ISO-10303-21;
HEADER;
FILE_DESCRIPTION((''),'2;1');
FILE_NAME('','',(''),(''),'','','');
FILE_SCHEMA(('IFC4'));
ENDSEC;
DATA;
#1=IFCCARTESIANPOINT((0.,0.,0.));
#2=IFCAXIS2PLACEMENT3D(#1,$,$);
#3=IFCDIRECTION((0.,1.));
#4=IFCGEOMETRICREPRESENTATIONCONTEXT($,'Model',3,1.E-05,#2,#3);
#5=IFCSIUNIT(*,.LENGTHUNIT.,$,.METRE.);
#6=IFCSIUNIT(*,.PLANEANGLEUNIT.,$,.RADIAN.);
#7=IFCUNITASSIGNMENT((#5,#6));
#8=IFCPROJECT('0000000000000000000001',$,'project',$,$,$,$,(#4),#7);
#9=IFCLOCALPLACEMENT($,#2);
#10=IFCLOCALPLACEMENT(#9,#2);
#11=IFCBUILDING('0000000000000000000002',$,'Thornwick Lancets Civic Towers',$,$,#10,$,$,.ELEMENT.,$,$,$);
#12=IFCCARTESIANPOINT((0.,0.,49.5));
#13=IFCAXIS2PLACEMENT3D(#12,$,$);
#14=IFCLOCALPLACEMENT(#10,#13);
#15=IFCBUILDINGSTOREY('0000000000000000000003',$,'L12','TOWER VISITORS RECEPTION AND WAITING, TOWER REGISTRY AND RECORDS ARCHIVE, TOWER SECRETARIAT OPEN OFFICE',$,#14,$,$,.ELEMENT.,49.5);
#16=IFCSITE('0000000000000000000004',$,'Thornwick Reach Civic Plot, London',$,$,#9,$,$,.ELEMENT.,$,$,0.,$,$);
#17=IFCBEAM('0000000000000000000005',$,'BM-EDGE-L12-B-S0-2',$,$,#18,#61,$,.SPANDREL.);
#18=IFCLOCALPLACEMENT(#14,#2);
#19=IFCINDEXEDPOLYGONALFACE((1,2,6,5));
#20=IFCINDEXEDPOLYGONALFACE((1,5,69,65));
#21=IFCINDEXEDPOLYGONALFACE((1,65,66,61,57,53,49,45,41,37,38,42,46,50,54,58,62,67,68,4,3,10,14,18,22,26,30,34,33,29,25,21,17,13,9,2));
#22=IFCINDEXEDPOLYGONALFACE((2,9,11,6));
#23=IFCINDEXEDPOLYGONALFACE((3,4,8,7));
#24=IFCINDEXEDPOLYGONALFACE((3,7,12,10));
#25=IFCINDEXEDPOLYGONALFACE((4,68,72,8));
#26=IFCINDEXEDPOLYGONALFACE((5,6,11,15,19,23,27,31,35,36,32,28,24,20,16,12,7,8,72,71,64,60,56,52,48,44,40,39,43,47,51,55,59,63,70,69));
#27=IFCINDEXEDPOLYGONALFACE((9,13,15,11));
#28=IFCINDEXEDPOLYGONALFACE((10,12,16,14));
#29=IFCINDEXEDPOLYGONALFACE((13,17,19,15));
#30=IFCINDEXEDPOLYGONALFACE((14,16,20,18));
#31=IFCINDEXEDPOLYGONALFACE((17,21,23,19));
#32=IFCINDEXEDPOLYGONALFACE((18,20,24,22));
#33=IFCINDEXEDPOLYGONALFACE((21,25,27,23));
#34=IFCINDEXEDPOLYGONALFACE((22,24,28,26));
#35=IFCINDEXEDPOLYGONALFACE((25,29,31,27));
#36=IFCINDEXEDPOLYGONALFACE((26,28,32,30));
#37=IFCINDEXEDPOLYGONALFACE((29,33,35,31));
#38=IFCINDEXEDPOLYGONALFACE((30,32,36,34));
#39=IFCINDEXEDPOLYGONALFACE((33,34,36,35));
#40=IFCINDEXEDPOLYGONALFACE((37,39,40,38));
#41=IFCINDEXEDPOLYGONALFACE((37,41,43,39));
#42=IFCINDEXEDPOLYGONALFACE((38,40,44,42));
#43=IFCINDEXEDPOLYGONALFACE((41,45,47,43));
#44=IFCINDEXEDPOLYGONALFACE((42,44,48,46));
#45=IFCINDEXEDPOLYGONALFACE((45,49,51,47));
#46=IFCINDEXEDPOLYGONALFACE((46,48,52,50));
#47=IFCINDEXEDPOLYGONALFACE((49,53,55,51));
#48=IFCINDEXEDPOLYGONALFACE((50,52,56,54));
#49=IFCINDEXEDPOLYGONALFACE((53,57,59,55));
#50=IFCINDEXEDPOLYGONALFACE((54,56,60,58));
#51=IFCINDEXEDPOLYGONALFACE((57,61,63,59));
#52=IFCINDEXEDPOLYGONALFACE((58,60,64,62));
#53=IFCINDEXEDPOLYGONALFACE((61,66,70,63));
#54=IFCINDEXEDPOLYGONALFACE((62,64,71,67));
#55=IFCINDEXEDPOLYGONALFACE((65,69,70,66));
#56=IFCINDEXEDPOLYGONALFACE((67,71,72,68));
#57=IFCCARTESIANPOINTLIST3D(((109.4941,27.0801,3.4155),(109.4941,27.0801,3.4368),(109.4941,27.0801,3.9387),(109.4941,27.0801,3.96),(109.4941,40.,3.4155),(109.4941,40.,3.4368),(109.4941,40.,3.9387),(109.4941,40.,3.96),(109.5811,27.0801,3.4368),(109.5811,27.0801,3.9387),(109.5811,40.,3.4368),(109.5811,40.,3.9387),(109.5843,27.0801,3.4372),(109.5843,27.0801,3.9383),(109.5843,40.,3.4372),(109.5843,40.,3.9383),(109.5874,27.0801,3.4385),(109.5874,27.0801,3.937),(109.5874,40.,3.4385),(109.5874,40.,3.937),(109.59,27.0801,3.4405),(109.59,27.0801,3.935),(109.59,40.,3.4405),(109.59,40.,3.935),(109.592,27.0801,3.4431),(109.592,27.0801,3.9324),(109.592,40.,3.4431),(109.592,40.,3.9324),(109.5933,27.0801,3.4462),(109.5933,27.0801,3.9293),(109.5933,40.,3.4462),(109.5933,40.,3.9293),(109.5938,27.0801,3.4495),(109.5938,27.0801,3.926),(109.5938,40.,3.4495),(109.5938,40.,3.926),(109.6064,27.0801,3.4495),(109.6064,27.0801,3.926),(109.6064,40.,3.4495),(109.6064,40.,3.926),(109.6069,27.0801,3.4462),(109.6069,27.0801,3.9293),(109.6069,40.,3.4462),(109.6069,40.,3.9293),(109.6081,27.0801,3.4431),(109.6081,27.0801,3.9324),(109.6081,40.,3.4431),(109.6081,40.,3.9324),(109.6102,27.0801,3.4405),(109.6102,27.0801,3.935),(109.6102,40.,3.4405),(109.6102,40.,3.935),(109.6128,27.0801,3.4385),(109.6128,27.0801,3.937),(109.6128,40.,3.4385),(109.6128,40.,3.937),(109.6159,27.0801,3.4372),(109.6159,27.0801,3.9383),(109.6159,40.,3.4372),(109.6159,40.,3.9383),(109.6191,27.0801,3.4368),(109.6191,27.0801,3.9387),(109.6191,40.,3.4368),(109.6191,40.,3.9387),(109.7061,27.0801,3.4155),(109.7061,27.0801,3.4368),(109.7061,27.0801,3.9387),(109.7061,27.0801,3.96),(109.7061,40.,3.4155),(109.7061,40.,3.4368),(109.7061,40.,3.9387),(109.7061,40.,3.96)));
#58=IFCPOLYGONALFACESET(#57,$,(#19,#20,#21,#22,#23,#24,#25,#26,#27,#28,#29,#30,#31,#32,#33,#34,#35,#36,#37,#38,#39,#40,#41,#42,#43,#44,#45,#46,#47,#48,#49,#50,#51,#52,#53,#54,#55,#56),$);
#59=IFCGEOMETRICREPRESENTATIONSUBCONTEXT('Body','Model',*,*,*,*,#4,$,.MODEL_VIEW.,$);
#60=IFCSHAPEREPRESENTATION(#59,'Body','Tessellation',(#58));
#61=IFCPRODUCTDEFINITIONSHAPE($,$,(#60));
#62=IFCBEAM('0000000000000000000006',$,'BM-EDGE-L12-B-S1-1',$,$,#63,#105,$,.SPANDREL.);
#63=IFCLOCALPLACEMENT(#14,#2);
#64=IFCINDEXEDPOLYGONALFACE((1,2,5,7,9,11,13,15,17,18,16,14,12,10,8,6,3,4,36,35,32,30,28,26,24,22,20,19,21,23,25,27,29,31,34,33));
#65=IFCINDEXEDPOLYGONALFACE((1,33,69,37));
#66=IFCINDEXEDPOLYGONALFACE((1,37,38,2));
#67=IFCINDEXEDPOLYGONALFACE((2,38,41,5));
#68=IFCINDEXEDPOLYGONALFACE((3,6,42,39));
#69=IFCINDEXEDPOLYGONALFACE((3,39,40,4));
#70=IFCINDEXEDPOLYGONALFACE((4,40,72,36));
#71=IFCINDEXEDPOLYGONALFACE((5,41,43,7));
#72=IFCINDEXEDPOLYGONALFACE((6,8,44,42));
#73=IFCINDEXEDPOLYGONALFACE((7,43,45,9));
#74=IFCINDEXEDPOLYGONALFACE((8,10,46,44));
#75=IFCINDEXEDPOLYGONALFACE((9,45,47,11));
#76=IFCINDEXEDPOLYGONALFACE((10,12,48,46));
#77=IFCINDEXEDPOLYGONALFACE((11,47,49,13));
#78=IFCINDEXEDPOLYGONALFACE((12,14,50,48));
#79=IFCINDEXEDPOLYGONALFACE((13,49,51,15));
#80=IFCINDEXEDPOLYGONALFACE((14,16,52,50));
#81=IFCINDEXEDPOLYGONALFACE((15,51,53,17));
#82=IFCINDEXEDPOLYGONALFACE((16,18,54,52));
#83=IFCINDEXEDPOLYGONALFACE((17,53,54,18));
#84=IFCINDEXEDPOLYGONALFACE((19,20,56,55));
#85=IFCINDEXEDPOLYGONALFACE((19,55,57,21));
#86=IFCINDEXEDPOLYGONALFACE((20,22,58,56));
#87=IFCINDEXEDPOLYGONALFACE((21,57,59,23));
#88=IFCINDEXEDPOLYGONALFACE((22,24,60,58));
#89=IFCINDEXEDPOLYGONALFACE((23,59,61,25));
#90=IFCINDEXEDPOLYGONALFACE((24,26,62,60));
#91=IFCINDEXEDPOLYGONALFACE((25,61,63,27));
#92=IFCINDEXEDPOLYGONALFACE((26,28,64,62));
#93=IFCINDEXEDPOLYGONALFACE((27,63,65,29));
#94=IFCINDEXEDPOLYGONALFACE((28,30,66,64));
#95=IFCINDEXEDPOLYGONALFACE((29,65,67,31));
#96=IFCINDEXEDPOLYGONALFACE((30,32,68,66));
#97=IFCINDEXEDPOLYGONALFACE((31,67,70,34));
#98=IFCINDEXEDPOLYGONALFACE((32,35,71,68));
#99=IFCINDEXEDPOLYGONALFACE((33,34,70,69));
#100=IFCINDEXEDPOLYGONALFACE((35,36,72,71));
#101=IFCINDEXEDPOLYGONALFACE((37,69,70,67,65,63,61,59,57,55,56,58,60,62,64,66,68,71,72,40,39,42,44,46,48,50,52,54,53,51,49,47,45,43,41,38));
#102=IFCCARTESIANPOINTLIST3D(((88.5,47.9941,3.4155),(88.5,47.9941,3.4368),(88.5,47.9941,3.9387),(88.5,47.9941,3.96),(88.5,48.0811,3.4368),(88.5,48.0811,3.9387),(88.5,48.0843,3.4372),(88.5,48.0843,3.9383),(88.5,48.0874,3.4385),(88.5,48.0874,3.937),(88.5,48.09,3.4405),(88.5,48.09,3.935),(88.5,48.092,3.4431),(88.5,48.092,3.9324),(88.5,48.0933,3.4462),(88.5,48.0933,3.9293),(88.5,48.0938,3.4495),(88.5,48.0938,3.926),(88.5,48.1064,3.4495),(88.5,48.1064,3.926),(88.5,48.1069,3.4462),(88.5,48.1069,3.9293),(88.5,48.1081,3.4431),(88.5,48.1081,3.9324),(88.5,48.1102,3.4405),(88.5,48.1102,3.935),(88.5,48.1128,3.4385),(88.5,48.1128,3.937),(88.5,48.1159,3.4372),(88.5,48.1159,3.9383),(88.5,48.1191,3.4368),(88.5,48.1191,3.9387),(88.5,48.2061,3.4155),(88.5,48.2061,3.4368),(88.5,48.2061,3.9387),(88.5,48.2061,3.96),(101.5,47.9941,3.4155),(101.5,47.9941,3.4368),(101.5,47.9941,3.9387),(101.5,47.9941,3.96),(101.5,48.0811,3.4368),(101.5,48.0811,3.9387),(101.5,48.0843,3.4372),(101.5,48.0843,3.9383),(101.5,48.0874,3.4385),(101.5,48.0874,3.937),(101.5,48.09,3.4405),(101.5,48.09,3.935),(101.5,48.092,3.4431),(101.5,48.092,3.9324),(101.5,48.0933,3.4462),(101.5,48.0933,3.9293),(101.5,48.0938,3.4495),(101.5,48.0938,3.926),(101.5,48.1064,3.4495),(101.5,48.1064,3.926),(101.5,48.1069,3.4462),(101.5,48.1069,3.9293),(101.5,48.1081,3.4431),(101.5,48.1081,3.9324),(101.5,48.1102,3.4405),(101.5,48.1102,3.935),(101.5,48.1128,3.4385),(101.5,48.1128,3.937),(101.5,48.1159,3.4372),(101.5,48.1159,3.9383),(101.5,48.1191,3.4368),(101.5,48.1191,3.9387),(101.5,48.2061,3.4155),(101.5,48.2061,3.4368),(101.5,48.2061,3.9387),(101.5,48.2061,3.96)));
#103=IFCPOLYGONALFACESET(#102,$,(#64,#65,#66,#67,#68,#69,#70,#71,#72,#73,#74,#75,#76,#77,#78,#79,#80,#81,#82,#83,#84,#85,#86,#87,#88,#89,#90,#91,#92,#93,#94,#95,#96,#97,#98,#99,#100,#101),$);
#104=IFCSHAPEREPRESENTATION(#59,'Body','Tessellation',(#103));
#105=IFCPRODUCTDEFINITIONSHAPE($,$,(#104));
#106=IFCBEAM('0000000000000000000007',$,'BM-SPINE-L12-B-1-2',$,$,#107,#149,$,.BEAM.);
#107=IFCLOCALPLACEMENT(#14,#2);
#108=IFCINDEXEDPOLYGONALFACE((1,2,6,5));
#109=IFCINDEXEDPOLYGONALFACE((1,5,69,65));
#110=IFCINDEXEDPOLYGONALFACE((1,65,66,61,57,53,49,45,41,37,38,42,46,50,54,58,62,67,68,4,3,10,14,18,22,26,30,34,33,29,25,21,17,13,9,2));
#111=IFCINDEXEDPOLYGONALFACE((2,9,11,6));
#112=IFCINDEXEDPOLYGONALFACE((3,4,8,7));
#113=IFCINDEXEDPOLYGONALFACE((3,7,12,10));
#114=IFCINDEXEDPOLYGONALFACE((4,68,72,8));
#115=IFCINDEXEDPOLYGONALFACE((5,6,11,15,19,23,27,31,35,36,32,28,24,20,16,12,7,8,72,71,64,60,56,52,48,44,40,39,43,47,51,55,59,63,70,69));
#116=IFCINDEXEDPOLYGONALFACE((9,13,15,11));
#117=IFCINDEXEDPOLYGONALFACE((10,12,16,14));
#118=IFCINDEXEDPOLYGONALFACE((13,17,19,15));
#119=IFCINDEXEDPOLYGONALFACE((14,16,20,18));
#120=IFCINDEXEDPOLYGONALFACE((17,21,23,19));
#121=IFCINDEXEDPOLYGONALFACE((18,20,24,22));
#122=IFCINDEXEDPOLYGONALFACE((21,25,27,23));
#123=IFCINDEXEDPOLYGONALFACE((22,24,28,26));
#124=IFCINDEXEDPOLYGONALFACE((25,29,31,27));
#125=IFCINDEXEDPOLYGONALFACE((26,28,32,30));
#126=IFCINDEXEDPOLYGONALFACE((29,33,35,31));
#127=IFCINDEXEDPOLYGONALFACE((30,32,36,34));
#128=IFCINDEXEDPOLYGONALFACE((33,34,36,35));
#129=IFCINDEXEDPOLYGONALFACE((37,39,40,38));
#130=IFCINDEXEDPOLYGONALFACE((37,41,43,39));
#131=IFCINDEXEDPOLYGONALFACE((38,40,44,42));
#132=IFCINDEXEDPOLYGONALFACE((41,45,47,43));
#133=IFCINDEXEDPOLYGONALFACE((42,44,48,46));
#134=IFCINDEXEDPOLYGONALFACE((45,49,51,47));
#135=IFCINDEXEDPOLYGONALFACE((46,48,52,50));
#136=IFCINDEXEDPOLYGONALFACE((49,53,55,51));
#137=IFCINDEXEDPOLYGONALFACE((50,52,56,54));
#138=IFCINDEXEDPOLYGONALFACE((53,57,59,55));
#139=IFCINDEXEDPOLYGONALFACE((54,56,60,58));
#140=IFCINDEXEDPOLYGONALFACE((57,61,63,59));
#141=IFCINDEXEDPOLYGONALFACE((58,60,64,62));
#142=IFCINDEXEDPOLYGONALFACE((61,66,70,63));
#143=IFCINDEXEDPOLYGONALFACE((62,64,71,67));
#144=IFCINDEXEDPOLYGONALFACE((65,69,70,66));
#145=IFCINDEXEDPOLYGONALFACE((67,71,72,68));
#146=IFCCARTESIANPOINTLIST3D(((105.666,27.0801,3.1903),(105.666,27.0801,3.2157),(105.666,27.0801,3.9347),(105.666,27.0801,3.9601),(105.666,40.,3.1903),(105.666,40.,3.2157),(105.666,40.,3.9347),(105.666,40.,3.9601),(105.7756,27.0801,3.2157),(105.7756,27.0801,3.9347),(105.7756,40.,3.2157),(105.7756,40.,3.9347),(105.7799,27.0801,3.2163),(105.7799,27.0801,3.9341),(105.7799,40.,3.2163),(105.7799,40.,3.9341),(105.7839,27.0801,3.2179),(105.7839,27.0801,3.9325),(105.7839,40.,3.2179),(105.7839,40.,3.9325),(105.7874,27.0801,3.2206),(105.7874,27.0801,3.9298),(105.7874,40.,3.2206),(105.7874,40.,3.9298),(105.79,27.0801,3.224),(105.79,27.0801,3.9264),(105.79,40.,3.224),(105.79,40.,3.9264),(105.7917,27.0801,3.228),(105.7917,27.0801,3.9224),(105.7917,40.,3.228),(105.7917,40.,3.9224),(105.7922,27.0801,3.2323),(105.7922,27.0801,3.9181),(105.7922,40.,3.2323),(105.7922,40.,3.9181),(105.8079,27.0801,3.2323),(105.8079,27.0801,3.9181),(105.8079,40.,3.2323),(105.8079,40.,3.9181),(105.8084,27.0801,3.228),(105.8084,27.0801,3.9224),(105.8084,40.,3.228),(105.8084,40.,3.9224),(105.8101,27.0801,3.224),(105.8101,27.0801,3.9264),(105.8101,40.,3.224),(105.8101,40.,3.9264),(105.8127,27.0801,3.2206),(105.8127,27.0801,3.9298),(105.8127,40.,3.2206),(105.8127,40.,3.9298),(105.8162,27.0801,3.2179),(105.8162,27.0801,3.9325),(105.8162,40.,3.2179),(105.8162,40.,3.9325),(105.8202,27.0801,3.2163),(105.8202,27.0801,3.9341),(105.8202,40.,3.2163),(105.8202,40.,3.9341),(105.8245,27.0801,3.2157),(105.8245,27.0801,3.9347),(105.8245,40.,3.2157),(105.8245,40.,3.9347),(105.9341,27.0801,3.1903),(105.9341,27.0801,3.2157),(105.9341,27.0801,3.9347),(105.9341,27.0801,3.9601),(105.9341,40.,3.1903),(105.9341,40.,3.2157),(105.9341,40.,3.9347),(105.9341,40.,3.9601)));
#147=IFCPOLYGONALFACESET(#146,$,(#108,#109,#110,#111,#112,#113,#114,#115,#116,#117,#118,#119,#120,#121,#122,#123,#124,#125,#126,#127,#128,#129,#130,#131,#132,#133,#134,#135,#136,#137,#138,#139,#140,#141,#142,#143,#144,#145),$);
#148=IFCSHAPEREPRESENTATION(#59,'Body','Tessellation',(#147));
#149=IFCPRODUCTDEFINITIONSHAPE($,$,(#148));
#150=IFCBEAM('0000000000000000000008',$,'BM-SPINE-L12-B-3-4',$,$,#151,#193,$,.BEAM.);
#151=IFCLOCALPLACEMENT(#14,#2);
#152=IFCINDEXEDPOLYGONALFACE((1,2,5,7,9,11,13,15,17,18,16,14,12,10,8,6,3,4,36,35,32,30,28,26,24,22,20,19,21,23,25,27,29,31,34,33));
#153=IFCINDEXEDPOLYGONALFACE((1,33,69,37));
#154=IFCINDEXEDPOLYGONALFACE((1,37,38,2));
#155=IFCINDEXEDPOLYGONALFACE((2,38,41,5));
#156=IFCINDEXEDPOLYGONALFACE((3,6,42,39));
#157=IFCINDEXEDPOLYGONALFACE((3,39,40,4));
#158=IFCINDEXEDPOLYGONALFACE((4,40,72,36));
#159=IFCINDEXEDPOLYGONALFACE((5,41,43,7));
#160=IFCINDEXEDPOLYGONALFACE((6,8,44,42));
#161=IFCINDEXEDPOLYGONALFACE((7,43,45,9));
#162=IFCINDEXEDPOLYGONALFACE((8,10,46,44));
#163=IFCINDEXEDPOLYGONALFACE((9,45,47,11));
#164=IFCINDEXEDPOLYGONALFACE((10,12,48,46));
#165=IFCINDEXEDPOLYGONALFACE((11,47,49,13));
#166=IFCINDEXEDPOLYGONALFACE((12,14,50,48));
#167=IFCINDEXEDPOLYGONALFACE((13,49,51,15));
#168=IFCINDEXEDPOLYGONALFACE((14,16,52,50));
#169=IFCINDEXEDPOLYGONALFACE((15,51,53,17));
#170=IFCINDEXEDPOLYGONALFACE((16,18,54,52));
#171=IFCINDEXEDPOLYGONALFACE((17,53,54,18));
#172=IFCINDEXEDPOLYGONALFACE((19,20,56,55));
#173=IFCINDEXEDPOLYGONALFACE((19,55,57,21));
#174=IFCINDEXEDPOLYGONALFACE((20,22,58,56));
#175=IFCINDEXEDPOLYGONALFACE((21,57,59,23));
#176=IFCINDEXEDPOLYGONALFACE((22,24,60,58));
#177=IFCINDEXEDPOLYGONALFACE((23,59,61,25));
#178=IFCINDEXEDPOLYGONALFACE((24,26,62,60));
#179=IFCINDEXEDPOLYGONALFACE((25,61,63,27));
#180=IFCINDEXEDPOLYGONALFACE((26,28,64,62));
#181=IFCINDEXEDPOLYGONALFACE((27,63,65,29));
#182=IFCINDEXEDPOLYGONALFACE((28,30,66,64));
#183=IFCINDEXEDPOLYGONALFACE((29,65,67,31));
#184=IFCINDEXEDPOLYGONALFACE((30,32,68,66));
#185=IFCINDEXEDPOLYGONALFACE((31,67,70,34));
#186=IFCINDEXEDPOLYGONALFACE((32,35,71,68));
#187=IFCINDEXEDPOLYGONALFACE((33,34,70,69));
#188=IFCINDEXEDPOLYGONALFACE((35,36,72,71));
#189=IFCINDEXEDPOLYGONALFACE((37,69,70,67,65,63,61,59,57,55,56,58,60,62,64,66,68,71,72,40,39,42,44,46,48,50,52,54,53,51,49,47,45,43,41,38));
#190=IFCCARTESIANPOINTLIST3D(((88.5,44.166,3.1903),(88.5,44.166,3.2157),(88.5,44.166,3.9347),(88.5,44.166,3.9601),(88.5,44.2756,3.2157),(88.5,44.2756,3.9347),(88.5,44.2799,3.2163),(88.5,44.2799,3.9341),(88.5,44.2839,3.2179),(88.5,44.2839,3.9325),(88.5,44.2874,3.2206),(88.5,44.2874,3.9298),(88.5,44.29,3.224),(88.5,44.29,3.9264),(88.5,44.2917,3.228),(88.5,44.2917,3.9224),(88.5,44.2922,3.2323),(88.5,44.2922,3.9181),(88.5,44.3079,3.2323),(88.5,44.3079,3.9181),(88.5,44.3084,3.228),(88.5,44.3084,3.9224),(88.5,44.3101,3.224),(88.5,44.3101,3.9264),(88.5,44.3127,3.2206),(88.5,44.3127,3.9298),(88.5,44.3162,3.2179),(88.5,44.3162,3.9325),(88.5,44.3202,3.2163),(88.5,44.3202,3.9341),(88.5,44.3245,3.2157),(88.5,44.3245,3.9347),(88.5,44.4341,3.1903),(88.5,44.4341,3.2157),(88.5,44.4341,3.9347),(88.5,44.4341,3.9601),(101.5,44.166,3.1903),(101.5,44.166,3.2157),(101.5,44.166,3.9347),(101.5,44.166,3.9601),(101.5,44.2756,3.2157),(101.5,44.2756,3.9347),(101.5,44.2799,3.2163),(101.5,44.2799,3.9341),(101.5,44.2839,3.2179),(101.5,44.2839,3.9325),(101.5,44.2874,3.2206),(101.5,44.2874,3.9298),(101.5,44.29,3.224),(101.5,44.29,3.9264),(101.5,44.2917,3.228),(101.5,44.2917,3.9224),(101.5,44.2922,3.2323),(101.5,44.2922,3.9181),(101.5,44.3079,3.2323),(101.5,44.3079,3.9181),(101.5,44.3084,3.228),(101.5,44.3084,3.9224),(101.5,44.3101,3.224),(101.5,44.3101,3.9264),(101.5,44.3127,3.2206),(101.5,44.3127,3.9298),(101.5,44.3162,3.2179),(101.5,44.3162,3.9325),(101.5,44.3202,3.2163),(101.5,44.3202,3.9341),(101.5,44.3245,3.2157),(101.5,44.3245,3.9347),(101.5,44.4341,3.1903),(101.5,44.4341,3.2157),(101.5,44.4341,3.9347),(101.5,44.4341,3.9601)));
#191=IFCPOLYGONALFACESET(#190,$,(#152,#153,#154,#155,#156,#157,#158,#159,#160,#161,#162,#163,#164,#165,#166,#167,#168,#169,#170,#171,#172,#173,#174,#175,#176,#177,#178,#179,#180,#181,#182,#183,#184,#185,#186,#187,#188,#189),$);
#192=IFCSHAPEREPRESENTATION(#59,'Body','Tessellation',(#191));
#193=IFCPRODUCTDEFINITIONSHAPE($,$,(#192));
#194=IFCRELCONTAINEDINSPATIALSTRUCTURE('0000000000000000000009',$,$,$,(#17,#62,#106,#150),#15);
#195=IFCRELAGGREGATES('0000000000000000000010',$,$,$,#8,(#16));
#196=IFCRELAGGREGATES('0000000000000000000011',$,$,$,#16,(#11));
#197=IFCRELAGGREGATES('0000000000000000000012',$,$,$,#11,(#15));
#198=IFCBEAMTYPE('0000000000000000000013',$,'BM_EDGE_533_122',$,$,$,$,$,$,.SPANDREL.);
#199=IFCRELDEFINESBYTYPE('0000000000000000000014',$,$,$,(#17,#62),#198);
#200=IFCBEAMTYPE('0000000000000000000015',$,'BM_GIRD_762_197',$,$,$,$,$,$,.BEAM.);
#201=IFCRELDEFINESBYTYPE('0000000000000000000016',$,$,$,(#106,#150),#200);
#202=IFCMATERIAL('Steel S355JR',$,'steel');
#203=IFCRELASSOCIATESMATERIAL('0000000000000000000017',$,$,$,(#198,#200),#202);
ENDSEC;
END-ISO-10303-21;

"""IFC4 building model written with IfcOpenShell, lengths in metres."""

from ifc_helpers import new_model, si_unit, direction, frame, origin, origin_2d, place, context, subcontext, project, spatial, i_section, extrude, material, material_profile, profile_set, type_object, element, save


model = new_model("IFC4")

# Units and contexts
model_context = context("Model", 3, precision=1e-05, world=origin(), true_north=direction((0.0, 1.0)))
body_context = subcontext(model_context, "Body", "Model", "MODEL_VIEW")
ifc_project = project(units=[si_unit("LENGTHUNIT", "METRE"), si_unit("PLANEANGLEUNIT", "RADIAN")], contexts=[model_context])

# Site, building, storey
site_placement = place(None, origin())
site = spatial("IfcSite", under=ifc_project, at=site_placement, Name="Thornwick Reach Civic Plot, London", CompositionType="ELEMENT", RefElevation=0.0)
building_placement = place(site_placement, origin())
building = spatial("IfcBuilding", under=site, at=building_placement, Name="Thornwick Lancets Civic Towers", CompositionType="ELEMENT")
storey_placement = place(building_placement, frame((0.0, 0.0, 49.5)))
storey = spatial("IfcBuildingStorey", under=building, at=storey_placement, Name="L12", Description="TOWER VISITORS RECEPTION AND WAITING, TOWER REGISTRY AND RECORDS ARCHIVE, TOWER SECRETARIAT OPEN OFFICE", CompositionType="ELEMENT", Elevation=49.5)

# Beams
ifc_material_1 = material(Name="Steel S355JR", Category="steel")
ifc_material_profile_1 = material_profile(ifc_material_1, i_section(OverallWidth=0.2119, OverallDepth=0.5444, WebThickness=0.0127, FlangeThickness=0.0212, FilletRadius=0.0127, at=origin_2d()), Name="UKB 533x210x122")
ifc_profile_set_1 = profile_set([ifc_material_profile_1], Name="Steel S355JR")
beam_type_1 = type_object("IfcBeamType", Name="BM_EDGE_533_122", PredefinedType="SPANDREL", material=ifc_profile_set_1)
beam_1_placement = place(storey_placement, frame((109.6001, 27.0801, 3.6877), z_axis=(0.0, 1.0, 0.0), x_axis=(-1.0, 0.0, 0.0)))
element("IfcBeam", 1, at=beam_1_placement, inside=storey, type_object=beam_type_1, Name="BM-EDGE-L12-B-S0-2", PredefinedType="SPANDREL", context=body_context, shape_type="SweptSolid", body=[
    extrude(i_section(OverallWidth=0.2119, OverallDepth=0.5444, WebThickness=0.0127, FlangeThickness=0.0212, FilletRadius=0.0127, at=origin_2d()), origin(), (0.0, 0.0, 1.0), 12.9199),
])
beam_2_placement = place(storey_placement, frame((101.5, 48.1001, 3.6877), z_axis=(-1.0, 0.0, 0.0), x_axis=(0.0, -1.0, 0.0)))
element("IfcBeam", 2, at=beam_2_placement, inside=storey, type_object=beam_type_1, Name="BM-EDGE-L12-B-S1-1", PredefinedType="SPANDREL", context=body_context, shape_type="SweptSolid", body=[
    extrude(i_section(OverallWidth=0.2119, OverallDepth=0.5444, WebThickness=0.0127, FlangeThickness=0.0212, FilletRadius=0.0127, at=origin_2d()), origin(), (0.0, 0.0, 1.0), 13.0),
])
ifc_material_profile_2 = material_profile(ifc_material_1, i_section(OverallWidth=0.2681, OverallDepth=0.7698, WebThickness=0.0156, FlangeThickness=0.0254, FilletRadius=0.0166, at=origin_2d()), Name="UKB 762x267x197")
ifc_profile_set_2 = profile_set([ifc_material_profile_2], Name="Steel S355JR")
beam_type_2 = type_object("IfcBeamType", Name="BM_GIRD_762_197", PredefinedType="BEAM", material=ifc_profile_set_2)
beam_3_placement = place(storey_placement, frame((105.8, 27.0801, 3.5752), z_axis=(0.0, 1.0, 0.0), x_axis=(-1.0, 0.0, 0.0)))
element("IfcBeam", 3, at=beam_3_placement, inside=storey, type_object=beam_type_2, Name="BM-SPINE-L12-B-1-2", PredefinedType="BEAM", context=body_context, shape_type="SweptSolid", body=[
    extrude(i_section(OverallWidth=0.2681, OverallDepth=0.7698, WebThickness=0.0156, FlangeThickness=0.0254, FilletRadius=0.0166, at=origin_2d()), origin(), (0.0, 0.0, 1.0), 12.9199),
])
beam_4_placement = place(storey_placement, frame((101.5, 44.3, 3.5752), z_axis=(-1.0, 0.0, 0.0), x_axis=(0.0, -1.0, 0.0)))
element("IfcBeam", 4, at=beam_4_placement, inside=storey, type_object=beam_type_2, Name="BM-SPINE-L12-B-3-4", PredefinedType="BEAM", context=body_context, shape_type="SweptSolid", body=[
    extrude(i_section(OverallWidth=0.2681, OverallDepth=0.7698, WebThickness=0.0156, FlangeThickness=0.0254, FilletRadius=0.0166, at=origin_2d()), origin(), (0.0, 0.0, 1.0), 13.0),
])

save(model, "model.ifc")
